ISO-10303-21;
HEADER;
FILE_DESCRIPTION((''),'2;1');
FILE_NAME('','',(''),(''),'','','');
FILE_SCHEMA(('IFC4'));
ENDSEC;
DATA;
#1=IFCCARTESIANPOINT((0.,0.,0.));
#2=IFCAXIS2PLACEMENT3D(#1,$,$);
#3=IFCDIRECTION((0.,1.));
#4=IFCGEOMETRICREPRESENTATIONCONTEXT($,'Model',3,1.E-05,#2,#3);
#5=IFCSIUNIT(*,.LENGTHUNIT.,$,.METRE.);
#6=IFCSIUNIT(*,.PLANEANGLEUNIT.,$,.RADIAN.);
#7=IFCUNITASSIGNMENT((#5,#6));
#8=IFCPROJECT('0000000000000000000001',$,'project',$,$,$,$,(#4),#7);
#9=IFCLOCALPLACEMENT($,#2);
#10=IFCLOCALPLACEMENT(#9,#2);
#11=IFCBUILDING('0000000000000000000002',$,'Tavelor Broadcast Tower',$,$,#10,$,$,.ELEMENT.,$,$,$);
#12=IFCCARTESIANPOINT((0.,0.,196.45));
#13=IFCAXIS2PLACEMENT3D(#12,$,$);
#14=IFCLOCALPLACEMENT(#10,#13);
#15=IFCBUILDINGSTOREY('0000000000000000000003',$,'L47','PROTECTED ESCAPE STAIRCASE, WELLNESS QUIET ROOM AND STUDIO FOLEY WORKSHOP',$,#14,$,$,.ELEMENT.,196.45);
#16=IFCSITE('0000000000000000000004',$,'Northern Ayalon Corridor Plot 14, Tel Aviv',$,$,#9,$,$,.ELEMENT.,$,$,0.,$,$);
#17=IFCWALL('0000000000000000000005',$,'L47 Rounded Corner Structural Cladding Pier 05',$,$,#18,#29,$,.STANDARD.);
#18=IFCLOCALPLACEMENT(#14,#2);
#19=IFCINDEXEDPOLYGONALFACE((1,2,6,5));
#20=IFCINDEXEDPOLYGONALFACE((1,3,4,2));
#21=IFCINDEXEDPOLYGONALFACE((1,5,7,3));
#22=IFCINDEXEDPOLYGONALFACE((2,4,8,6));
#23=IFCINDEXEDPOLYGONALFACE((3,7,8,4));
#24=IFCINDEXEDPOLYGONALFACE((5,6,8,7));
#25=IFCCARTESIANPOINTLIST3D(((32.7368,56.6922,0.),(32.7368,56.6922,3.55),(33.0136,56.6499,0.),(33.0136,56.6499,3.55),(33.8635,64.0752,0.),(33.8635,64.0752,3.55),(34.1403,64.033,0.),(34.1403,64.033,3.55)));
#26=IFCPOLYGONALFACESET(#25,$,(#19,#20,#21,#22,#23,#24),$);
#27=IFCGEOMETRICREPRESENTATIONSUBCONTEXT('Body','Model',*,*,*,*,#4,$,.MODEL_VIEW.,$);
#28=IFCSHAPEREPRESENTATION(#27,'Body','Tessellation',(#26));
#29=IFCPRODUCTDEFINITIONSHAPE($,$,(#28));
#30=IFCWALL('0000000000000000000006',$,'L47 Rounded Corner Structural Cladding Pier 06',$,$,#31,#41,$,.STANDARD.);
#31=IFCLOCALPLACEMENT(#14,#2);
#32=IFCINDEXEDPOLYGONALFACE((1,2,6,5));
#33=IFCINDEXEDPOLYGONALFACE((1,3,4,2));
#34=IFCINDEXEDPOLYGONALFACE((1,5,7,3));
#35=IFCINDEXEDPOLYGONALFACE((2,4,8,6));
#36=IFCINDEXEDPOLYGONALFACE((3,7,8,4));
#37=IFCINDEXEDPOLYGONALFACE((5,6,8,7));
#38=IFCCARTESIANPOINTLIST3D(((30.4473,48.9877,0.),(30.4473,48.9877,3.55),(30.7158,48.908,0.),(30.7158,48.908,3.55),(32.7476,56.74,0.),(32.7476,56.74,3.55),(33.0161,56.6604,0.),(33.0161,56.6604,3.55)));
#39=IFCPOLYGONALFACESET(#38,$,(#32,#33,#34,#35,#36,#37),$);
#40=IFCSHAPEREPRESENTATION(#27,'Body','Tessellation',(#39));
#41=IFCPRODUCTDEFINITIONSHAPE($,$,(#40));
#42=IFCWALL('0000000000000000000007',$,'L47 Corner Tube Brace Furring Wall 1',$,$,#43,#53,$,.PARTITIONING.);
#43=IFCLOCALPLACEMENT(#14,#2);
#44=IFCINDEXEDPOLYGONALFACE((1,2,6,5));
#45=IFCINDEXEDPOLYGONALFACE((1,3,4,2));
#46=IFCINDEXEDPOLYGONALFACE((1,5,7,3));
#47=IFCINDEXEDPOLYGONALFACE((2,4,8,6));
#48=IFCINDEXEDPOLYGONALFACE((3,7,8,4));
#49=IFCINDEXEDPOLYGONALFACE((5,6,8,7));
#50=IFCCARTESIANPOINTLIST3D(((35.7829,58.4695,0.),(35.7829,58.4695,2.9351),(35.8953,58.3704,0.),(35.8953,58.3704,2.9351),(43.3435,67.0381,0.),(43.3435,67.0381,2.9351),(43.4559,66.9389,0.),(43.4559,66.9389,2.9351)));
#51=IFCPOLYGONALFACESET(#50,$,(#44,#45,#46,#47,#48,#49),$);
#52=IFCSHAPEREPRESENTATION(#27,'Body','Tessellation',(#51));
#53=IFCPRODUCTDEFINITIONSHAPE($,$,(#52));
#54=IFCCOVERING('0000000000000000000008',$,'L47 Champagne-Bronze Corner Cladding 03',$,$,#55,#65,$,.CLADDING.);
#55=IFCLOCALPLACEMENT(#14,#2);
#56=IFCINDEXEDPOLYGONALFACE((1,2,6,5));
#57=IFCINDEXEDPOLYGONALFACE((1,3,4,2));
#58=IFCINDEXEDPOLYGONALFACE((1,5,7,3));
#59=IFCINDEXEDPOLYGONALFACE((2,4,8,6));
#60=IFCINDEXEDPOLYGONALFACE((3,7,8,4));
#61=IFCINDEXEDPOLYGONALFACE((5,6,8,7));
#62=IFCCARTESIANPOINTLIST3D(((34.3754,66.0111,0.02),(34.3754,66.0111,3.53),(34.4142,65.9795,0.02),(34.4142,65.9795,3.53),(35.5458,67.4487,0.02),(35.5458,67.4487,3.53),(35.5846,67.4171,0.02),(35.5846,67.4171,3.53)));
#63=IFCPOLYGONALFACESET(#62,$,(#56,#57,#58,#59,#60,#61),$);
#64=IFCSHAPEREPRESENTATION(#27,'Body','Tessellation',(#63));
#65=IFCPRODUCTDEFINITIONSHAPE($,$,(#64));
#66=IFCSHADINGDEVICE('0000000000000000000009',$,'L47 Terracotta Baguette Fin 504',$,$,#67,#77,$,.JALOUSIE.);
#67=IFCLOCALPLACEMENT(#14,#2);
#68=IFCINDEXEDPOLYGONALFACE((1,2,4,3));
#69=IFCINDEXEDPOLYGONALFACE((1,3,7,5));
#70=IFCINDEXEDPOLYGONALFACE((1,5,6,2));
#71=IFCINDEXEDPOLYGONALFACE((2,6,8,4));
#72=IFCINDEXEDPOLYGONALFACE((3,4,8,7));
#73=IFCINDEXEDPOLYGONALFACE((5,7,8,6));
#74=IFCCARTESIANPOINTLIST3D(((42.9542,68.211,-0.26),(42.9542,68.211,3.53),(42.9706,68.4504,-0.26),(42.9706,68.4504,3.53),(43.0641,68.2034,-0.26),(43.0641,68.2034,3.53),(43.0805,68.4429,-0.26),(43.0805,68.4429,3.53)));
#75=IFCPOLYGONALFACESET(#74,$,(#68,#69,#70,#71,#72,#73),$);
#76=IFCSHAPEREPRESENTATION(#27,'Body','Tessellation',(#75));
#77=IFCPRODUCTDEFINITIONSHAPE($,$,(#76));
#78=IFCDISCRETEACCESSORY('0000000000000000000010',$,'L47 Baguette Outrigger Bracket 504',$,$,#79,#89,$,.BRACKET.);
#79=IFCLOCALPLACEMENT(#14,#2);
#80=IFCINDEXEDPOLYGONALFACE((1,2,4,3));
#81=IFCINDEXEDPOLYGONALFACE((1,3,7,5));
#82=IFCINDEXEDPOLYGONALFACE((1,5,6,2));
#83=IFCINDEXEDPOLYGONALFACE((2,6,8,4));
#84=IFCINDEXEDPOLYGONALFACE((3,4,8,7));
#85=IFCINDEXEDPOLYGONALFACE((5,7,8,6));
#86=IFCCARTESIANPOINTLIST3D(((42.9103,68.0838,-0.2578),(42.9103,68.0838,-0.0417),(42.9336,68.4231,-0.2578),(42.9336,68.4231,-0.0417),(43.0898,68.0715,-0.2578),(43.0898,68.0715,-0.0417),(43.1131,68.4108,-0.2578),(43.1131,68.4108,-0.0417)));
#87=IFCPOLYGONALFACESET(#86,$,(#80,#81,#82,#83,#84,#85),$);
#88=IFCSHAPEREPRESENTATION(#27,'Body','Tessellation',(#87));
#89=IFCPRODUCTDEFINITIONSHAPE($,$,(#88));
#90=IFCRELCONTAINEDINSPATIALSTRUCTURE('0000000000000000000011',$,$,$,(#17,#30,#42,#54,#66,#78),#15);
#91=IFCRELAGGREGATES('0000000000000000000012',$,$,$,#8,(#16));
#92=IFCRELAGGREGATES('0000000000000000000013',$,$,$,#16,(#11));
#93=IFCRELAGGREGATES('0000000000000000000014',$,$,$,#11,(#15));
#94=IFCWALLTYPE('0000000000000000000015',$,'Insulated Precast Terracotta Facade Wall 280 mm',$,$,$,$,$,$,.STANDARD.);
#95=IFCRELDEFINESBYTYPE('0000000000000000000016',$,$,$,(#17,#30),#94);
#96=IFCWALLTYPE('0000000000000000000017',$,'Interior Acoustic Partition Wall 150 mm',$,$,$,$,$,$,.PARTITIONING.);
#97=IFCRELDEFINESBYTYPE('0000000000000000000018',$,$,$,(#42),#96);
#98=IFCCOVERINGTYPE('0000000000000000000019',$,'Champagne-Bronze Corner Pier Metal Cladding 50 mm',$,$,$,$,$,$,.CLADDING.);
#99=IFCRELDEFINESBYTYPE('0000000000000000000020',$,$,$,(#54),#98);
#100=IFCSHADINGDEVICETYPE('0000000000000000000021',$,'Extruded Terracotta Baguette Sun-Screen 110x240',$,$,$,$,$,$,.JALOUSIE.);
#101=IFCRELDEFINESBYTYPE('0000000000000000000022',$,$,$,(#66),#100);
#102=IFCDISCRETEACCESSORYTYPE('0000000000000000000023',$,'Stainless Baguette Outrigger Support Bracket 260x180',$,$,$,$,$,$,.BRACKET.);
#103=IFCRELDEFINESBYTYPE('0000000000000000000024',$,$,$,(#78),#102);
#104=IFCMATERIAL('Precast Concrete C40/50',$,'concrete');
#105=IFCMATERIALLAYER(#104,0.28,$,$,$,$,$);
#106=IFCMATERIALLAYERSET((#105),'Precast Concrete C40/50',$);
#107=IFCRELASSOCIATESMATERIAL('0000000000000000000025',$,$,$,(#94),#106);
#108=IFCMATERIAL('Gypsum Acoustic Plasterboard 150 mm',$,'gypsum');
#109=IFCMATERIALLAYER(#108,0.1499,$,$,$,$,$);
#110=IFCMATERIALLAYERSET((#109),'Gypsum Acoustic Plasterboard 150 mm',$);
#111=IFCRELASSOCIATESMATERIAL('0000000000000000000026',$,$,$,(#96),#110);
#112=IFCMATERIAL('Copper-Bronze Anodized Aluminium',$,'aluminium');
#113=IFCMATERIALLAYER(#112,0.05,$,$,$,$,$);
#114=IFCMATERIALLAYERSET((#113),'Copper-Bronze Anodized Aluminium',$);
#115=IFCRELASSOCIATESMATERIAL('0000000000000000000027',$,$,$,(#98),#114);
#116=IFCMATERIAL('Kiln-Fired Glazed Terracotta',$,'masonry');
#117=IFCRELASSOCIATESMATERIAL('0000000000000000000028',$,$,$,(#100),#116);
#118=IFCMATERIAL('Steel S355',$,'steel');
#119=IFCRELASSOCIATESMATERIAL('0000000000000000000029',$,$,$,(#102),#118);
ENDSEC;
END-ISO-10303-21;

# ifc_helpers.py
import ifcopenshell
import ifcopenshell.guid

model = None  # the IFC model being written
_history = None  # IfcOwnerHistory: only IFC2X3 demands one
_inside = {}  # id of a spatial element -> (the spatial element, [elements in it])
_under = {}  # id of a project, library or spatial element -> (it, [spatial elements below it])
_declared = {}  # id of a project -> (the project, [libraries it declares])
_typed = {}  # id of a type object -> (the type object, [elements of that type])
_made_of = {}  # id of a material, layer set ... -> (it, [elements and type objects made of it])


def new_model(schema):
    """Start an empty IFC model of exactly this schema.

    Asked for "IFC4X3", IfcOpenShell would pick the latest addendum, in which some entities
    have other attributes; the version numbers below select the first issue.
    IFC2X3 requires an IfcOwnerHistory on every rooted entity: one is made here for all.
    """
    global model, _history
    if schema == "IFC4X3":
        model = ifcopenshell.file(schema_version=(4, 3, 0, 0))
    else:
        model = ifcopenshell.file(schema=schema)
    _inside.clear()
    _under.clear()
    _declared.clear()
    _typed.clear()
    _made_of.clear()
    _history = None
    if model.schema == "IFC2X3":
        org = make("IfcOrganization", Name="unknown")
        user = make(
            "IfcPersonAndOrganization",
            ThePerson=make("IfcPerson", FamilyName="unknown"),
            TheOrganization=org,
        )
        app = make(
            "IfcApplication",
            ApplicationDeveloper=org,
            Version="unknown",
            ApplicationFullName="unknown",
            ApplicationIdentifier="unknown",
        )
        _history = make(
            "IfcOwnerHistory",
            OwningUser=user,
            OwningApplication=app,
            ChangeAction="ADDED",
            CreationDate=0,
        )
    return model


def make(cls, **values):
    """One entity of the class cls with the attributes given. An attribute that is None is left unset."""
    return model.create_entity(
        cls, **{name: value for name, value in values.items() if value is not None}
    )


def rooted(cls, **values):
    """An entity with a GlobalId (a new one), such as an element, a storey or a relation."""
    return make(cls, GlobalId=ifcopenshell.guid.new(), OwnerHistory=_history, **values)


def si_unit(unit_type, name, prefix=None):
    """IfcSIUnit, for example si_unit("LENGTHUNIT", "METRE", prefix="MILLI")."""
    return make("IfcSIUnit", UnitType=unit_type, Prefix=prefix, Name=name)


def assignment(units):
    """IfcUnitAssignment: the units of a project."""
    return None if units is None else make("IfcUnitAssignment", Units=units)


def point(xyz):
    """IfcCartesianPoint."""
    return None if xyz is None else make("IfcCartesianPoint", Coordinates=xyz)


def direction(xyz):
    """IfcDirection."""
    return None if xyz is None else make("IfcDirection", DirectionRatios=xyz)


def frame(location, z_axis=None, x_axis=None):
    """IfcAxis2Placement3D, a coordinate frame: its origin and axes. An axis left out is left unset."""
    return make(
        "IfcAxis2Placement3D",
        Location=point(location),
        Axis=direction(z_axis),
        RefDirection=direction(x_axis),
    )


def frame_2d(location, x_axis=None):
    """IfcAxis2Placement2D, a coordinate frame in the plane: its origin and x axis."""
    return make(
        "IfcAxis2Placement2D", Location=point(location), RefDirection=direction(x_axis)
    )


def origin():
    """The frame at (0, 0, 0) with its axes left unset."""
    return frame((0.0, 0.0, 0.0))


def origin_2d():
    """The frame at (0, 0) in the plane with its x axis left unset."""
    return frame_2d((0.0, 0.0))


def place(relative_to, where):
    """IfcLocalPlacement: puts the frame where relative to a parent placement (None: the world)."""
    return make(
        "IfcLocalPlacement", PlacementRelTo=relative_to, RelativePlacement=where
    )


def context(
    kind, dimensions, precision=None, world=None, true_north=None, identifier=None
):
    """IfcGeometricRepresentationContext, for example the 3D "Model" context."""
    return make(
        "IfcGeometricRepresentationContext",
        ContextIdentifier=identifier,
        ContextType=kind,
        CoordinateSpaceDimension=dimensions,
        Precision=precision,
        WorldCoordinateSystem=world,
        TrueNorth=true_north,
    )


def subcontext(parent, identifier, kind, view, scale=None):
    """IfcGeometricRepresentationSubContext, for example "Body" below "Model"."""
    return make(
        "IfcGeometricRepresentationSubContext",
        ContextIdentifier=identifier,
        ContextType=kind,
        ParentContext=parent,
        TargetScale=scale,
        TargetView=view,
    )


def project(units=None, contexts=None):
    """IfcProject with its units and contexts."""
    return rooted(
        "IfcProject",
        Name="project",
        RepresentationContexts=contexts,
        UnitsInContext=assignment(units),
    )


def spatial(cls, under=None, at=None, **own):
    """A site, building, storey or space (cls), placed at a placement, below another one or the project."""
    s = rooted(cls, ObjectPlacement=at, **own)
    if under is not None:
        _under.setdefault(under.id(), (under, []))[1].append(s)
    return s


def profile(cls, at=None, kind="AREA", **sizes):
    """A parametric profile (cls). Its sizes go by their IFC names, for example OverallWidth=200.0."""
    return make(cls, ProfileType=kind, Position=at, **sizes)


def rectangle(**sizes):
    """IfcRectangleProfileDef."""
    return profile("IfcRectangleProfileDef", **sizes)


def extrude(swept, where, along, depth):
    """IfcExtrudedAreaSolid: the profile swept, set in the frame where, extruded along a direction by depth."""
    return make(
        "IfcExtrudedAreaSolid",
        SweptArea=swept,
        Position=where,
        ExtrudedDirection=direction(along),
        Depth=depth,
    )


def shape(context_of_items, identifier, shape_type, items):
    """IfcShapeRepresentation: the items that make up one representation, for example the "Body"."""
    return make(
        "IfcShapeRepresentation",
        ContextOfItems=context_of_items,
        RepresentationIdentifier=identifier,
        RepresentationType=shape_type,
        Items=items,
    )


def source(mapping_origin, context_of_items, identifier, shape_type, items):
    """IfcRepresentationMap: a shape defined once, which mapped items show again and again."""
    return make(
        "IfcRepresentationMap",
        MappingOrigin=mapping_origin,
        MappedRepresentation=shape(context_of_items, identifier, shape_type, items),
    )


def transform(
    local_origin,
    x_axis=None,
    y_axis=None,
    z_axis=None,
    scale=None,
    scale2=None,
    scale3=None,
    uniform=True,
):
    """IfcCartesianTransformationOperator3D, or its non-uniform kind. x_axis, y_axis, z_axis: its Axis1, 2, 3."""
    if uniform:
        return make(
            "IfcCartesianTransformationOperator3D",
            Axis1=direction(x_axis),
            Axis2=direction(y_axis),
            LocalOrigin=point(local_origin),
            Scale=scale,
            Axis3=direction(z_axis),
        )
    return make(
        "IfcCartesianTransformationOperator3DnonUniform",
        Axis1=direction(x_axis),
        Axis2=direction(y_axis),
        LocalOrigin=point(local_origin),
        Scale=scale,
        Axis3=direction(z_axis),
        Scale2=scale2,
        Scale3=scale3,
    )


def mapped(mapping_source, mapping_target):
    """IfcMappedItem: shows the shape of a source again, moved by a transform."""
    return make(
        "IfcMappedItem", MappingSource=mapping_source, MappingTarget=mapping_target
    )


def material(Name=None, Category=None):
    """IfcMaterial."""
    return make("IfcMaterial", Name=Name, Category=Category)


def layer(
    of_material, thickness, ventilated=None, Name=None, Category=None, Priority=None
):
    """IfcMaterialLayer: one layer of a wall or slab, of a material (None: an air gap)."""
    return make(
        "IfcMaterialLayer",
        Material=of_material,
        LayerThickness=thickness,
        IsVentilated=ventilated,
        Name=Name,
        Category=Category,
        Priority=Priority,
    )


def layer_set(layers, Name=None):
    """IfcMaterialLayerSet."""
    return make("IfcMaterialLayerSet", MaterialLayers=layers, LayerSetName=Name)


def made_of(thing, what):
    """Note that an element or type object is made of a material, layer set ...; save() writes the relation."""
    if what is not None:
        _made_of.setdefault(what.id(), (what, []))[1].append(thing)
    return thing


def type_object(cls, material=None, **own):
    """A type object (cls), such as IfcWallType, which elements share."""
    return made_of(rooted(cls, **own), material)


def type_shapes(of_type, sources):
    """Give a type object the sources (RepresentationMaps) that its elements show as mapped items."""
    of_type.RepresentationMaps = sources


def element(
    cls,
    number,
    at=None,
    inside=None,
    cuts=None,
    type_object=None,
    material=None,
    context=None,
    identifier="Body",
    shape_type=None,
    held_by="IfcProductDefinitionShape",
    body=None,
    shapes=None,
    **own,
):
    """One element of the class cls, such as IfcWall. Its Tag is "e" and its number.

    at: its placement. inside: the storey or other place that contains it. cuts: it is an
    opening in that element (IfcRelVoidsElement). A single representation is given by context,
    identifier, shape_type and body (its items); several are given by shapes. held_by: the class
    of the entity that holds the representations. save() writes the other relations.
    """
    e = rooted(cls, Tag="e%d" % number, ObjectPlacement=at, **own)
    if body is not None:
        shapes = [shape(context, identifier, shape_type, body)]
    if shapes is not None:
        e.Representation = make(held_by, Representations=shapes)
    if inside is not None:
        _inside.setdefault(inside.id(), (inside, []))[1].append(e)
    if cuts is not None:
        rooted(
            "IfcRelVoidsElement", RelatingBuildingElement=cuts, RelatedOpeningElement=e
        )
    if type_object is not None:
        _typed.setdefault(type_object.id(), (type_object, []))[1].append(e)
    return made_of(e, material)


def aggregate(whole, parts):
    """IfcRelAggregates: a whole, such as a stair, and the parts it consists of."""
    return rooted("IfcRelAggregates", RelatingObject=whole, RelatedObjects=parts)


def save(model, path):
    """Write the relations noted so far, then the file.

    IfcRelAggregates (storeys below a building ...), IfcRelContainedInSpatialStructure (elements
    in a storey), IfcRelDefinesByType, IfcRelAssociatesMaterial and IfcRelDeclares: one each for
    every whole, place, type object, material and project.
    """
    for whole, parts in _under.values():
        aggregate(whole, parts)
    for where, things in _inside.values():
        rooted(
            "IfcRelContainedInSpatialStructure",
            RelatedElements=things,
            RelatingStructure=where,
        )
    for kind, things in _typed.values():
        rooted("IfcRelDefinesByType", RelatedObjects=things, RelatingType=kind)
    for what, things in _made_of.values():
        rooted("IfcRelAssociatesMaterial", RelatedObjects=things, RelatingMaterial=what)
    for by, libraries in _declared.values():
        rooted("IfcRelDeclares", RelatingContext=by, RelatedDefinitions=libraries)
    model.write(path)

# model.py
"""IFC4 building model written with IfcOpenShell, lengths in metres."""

from ifc_helpers import new_model, si_unit, direction, frame, frame_2d, origin, origin_2d, place, context, subcontext, project, spatial, rectangle, extrude, source, transform, mapped, material, layer, layer_set, type_object, type_shapes, element, save


model = new_model("IFC4")

# Units and contexts
model_context = context("Model", 3, precision=1e-05, world=origin(), true_north=direction((0.0, 1.0)))
body_context = subcontext(model_context, "Body", "Model", "MODEL_VIEW")
ifc_project = project(units=[si_unit("LENGTHUNIT", "METRE"), si_unit("PLANEANGLEUNIT", "RADIAN")], contexts=[model_context])

# Site, building, storey
site_placement = place(None, origin())
site = spatial("IfcSite", under=ifc_project, at=site_placement, Name="Northern Ayalon Corridor Plot 14, Tel Aviv", CompositionType="ELEMENT", RefElevation=0.0)
building_placement = place(site_placement, origin())
building = spatial("IfcBuilding", under=site, at=building_placement, Name="Tavelor Broadcast Tower", CompositionType="ELEMENT")
storey_placement = place(building_placement, frame((0.0, 0.0, 196.45)))
storey = spatial("IfcBuildingStorey", under=building, at=storey_placement, Name="L47", Description="PROTECTED ESCAPE STAIRCASE, WELLNESS QUIET ROOM AND STUDIO FOLEY WORKSHOP", CompositionType="ELEMENT", Elevation=196.45)

# Shared definitions
ifc_material_1 = material(Name="Steel S355", Category="steel")

# Walls
ifc_material_2 = material(Name="Precast Concrete C40/50", Category="concrete")
ifc_layer_1 = layer(ifc_material_2, 0.28)
ifc_layer_set_1 = layer_set([ifc_layer_1], Name="Precast Concrete C40/50")
wall_type_1 = type_object("IfcWallType", Name="Insulated Precast Terracotta Facade Wall 280 mm", PredefinedType="STANDARD", material=ifc_layer_set_1)
wall_1_placement = place(storey_placement, frame((34.002, 64.0542, 0.0), z_axis=(0.0, 0.0, 1.0), x_axis=(-0.150861, -0.988555, 0.0)))
element("IfcWall", 1, at=wall_1_placement, inside=storey, type_object=wall_type_1, Name="L47 Rounded Corner Structural Cladding Pier 05", PredefinedType="STANDARD", context=body_context, shape_type="SweptSolid", body=[
    extrude(rectangle(XDim=7.4685, YDim=0.28, at=frame_2d((3.7344, 0.0))), origin(), (0.0, 0.0, 1.0), 3.55),
])
wall_2_placement = place(storey_placement, frame((32.8818, 56.7002, 0.0), z_axis=(0.0, 0.0, 1.0), x_axis=(-0.28446, -0.958688, 0.0)))
element("IfcWall", 2, at=wall_2_placement, inside=storey, type_object=wall_type_1, Name="L47 Rounded Corner Structural Cladding Pier 06", PredefinedType="STANDARD", context=body_context, shape_type="SweptSolid", body=[
    extrude(rectangle(XDim=8.0864, YDim=0.28, at=frame_2d((4.0432, 0.0))), origin(), (0.0, 0.0, 1.0), 3.55),
])
ifc_material_3 = material(Name="Gypsum Acoustic Plasterboard 150 mm", Category="gypsum")
ifc_layer_2 = layer(ifc_material_3, 0.1499)
ifc_layer_set_2 = layer_set([ifc_layer_2], Name="Gypsum Acoustic Plasterboard 150 mm")
wall_type_2 = type_object("IfcWallType", Name="Interior Acoustic Partition Wall 150 mm", PredefinedType="PARTITIONING", material=ifc_layer_set_2)
wall_3_placement = place(storey_placement, frame((43.3997, 66.9885, 0.0), z_axis=(0.0, 0.0, 1.0), x_axis=(-0.661622, -0.749837, 0.0)))
element("IfcWall", 3, at=wall_3_placement, inside=storey, type_object=wall_type_2, Name="L47 Corner Tube Brace Furring Wall 1", PredefinedType="PARTITIONING", context=body_context, shape_type="SweptSolid", body=[
    extrude(rectangle(XDim=11.4272, YDim=0.1499, at=frame_2d((5.7136, 0.0))), origin(), (0.0, 0.0, 1.0), 2.9351),
])

# Covering
ifc_material_4 = material(Name="Copper-Bronze Anodized Aluminium", Category="aluminium")
ifc_layer_3 = layer(ifc_material_4, 0.05)
ifc_layer_set_3 = layer_set([ifc_layer_3], Name="Copper-Bronze Anodized Aluminium")
covering_type = type_object("IfcCoveringType", Name="Champagne-Bronze Corner Pier Metal Cladding 50 mm", PredefinedType="CLADDING", material=ifc_layer_set_3)
covering_placement = place(storey_placement, frame((34.98, 66.7141, 0.02), z_axis=(0.0, 0.0, 1.0), x_axis=(-0.631353, -0.775496, 0.0)))
element("IfcCovering", 4, at=covering_placement, inside=storey, type_object=covering_type, Name="L47 Champagne-Bronze Corner Cladding 03", PredefinedType="CLADDING", context=body_context, shape_type="SweptSolid", body=[
    extrude(rectangle(XDim=1.8538, YDim=0.05, at=origin_2d()), origin(), (0.0, 0.0, 1.0), 3.51),
])

# Shading device
ifc_material_5 = material(Name="Kiln-Fired Glazed Terracotta", Category="masonry")
shading_device_type = type_object("IfcShadingDeviceType", Name="Extruded Terracotta Baguette Sun-Screen 110x240", PredefinedType="JALOUSIE", material=ifc_material_5)
shared_shape_1 = source(origin(), body_context, "Body", "SweptSolid", [
    extrude(rectangle(XDim=0.1101, YDim=0.24, at=origin_2d()), origin(), (0.0, 0.0, 1.0), 3.79),
])
type_shapes(shading_device_type, [shared_shape_1])
shading_device_placement = place(storey_placement, frame((43.0173, 68.3269, -0.26), z_axis=(0.0, 0.0, 1.0), x_axis=(-0.99766, 0.068364, 0.0)))
element("IfcShadingDevice", 5, at=shading_device_placement, inside=storey, type_object=shading_device_type, Name="L47 Terracotta Baguette Fin 504", PredefinedType="JALOUSIE", context=body_context, shape_type="MappedRepresentation", body=[
    mapped(shared_shape_1, transform((0.0, 0.0, 0.0), scale=1.0)),
])

# Discrete accessory
discrete_accessory_type = type_object("IfcDiscreteAccessoryType", Name="Stainless Baguette Outrigger Support Bracket 260x180", PredefinedType="BRACKET", material=ifc_material_1)
shared_shape_2 = source(origin(), body_context, "Body", "SweptSolid", [
    extrude(rectangle(XDim=0.1799, YDim=0.3401, at=origin_2d()), origin(), (0.0, 0.0, 1.0), 0.2161),
])
type_shapes(discrete_accessory_type, [shared_shape_2])
discrete_accessory_placement = place(storey_placement, frame((43.0117, 68.2473, -0.2578), z_axis=(0.0, 0.0, 1.0), x_axis=(-0.99766, 0.068364, 0.0)))
element("IfcDiscreteAccessory", 6, at=discrete_accessory_placement, inside=storey, type_object=discrete_accessory_type, Name="L47 Baguette Outrigger Bracket 504", PredefinedType="BRACKET", context=body_context, shape_type="MappedRepresentation", body=[
    mapped(shared_shape_2, transform((0.0, 0.0, 0.0), scale=1.0)),
])

save(model, "model.ifc")
